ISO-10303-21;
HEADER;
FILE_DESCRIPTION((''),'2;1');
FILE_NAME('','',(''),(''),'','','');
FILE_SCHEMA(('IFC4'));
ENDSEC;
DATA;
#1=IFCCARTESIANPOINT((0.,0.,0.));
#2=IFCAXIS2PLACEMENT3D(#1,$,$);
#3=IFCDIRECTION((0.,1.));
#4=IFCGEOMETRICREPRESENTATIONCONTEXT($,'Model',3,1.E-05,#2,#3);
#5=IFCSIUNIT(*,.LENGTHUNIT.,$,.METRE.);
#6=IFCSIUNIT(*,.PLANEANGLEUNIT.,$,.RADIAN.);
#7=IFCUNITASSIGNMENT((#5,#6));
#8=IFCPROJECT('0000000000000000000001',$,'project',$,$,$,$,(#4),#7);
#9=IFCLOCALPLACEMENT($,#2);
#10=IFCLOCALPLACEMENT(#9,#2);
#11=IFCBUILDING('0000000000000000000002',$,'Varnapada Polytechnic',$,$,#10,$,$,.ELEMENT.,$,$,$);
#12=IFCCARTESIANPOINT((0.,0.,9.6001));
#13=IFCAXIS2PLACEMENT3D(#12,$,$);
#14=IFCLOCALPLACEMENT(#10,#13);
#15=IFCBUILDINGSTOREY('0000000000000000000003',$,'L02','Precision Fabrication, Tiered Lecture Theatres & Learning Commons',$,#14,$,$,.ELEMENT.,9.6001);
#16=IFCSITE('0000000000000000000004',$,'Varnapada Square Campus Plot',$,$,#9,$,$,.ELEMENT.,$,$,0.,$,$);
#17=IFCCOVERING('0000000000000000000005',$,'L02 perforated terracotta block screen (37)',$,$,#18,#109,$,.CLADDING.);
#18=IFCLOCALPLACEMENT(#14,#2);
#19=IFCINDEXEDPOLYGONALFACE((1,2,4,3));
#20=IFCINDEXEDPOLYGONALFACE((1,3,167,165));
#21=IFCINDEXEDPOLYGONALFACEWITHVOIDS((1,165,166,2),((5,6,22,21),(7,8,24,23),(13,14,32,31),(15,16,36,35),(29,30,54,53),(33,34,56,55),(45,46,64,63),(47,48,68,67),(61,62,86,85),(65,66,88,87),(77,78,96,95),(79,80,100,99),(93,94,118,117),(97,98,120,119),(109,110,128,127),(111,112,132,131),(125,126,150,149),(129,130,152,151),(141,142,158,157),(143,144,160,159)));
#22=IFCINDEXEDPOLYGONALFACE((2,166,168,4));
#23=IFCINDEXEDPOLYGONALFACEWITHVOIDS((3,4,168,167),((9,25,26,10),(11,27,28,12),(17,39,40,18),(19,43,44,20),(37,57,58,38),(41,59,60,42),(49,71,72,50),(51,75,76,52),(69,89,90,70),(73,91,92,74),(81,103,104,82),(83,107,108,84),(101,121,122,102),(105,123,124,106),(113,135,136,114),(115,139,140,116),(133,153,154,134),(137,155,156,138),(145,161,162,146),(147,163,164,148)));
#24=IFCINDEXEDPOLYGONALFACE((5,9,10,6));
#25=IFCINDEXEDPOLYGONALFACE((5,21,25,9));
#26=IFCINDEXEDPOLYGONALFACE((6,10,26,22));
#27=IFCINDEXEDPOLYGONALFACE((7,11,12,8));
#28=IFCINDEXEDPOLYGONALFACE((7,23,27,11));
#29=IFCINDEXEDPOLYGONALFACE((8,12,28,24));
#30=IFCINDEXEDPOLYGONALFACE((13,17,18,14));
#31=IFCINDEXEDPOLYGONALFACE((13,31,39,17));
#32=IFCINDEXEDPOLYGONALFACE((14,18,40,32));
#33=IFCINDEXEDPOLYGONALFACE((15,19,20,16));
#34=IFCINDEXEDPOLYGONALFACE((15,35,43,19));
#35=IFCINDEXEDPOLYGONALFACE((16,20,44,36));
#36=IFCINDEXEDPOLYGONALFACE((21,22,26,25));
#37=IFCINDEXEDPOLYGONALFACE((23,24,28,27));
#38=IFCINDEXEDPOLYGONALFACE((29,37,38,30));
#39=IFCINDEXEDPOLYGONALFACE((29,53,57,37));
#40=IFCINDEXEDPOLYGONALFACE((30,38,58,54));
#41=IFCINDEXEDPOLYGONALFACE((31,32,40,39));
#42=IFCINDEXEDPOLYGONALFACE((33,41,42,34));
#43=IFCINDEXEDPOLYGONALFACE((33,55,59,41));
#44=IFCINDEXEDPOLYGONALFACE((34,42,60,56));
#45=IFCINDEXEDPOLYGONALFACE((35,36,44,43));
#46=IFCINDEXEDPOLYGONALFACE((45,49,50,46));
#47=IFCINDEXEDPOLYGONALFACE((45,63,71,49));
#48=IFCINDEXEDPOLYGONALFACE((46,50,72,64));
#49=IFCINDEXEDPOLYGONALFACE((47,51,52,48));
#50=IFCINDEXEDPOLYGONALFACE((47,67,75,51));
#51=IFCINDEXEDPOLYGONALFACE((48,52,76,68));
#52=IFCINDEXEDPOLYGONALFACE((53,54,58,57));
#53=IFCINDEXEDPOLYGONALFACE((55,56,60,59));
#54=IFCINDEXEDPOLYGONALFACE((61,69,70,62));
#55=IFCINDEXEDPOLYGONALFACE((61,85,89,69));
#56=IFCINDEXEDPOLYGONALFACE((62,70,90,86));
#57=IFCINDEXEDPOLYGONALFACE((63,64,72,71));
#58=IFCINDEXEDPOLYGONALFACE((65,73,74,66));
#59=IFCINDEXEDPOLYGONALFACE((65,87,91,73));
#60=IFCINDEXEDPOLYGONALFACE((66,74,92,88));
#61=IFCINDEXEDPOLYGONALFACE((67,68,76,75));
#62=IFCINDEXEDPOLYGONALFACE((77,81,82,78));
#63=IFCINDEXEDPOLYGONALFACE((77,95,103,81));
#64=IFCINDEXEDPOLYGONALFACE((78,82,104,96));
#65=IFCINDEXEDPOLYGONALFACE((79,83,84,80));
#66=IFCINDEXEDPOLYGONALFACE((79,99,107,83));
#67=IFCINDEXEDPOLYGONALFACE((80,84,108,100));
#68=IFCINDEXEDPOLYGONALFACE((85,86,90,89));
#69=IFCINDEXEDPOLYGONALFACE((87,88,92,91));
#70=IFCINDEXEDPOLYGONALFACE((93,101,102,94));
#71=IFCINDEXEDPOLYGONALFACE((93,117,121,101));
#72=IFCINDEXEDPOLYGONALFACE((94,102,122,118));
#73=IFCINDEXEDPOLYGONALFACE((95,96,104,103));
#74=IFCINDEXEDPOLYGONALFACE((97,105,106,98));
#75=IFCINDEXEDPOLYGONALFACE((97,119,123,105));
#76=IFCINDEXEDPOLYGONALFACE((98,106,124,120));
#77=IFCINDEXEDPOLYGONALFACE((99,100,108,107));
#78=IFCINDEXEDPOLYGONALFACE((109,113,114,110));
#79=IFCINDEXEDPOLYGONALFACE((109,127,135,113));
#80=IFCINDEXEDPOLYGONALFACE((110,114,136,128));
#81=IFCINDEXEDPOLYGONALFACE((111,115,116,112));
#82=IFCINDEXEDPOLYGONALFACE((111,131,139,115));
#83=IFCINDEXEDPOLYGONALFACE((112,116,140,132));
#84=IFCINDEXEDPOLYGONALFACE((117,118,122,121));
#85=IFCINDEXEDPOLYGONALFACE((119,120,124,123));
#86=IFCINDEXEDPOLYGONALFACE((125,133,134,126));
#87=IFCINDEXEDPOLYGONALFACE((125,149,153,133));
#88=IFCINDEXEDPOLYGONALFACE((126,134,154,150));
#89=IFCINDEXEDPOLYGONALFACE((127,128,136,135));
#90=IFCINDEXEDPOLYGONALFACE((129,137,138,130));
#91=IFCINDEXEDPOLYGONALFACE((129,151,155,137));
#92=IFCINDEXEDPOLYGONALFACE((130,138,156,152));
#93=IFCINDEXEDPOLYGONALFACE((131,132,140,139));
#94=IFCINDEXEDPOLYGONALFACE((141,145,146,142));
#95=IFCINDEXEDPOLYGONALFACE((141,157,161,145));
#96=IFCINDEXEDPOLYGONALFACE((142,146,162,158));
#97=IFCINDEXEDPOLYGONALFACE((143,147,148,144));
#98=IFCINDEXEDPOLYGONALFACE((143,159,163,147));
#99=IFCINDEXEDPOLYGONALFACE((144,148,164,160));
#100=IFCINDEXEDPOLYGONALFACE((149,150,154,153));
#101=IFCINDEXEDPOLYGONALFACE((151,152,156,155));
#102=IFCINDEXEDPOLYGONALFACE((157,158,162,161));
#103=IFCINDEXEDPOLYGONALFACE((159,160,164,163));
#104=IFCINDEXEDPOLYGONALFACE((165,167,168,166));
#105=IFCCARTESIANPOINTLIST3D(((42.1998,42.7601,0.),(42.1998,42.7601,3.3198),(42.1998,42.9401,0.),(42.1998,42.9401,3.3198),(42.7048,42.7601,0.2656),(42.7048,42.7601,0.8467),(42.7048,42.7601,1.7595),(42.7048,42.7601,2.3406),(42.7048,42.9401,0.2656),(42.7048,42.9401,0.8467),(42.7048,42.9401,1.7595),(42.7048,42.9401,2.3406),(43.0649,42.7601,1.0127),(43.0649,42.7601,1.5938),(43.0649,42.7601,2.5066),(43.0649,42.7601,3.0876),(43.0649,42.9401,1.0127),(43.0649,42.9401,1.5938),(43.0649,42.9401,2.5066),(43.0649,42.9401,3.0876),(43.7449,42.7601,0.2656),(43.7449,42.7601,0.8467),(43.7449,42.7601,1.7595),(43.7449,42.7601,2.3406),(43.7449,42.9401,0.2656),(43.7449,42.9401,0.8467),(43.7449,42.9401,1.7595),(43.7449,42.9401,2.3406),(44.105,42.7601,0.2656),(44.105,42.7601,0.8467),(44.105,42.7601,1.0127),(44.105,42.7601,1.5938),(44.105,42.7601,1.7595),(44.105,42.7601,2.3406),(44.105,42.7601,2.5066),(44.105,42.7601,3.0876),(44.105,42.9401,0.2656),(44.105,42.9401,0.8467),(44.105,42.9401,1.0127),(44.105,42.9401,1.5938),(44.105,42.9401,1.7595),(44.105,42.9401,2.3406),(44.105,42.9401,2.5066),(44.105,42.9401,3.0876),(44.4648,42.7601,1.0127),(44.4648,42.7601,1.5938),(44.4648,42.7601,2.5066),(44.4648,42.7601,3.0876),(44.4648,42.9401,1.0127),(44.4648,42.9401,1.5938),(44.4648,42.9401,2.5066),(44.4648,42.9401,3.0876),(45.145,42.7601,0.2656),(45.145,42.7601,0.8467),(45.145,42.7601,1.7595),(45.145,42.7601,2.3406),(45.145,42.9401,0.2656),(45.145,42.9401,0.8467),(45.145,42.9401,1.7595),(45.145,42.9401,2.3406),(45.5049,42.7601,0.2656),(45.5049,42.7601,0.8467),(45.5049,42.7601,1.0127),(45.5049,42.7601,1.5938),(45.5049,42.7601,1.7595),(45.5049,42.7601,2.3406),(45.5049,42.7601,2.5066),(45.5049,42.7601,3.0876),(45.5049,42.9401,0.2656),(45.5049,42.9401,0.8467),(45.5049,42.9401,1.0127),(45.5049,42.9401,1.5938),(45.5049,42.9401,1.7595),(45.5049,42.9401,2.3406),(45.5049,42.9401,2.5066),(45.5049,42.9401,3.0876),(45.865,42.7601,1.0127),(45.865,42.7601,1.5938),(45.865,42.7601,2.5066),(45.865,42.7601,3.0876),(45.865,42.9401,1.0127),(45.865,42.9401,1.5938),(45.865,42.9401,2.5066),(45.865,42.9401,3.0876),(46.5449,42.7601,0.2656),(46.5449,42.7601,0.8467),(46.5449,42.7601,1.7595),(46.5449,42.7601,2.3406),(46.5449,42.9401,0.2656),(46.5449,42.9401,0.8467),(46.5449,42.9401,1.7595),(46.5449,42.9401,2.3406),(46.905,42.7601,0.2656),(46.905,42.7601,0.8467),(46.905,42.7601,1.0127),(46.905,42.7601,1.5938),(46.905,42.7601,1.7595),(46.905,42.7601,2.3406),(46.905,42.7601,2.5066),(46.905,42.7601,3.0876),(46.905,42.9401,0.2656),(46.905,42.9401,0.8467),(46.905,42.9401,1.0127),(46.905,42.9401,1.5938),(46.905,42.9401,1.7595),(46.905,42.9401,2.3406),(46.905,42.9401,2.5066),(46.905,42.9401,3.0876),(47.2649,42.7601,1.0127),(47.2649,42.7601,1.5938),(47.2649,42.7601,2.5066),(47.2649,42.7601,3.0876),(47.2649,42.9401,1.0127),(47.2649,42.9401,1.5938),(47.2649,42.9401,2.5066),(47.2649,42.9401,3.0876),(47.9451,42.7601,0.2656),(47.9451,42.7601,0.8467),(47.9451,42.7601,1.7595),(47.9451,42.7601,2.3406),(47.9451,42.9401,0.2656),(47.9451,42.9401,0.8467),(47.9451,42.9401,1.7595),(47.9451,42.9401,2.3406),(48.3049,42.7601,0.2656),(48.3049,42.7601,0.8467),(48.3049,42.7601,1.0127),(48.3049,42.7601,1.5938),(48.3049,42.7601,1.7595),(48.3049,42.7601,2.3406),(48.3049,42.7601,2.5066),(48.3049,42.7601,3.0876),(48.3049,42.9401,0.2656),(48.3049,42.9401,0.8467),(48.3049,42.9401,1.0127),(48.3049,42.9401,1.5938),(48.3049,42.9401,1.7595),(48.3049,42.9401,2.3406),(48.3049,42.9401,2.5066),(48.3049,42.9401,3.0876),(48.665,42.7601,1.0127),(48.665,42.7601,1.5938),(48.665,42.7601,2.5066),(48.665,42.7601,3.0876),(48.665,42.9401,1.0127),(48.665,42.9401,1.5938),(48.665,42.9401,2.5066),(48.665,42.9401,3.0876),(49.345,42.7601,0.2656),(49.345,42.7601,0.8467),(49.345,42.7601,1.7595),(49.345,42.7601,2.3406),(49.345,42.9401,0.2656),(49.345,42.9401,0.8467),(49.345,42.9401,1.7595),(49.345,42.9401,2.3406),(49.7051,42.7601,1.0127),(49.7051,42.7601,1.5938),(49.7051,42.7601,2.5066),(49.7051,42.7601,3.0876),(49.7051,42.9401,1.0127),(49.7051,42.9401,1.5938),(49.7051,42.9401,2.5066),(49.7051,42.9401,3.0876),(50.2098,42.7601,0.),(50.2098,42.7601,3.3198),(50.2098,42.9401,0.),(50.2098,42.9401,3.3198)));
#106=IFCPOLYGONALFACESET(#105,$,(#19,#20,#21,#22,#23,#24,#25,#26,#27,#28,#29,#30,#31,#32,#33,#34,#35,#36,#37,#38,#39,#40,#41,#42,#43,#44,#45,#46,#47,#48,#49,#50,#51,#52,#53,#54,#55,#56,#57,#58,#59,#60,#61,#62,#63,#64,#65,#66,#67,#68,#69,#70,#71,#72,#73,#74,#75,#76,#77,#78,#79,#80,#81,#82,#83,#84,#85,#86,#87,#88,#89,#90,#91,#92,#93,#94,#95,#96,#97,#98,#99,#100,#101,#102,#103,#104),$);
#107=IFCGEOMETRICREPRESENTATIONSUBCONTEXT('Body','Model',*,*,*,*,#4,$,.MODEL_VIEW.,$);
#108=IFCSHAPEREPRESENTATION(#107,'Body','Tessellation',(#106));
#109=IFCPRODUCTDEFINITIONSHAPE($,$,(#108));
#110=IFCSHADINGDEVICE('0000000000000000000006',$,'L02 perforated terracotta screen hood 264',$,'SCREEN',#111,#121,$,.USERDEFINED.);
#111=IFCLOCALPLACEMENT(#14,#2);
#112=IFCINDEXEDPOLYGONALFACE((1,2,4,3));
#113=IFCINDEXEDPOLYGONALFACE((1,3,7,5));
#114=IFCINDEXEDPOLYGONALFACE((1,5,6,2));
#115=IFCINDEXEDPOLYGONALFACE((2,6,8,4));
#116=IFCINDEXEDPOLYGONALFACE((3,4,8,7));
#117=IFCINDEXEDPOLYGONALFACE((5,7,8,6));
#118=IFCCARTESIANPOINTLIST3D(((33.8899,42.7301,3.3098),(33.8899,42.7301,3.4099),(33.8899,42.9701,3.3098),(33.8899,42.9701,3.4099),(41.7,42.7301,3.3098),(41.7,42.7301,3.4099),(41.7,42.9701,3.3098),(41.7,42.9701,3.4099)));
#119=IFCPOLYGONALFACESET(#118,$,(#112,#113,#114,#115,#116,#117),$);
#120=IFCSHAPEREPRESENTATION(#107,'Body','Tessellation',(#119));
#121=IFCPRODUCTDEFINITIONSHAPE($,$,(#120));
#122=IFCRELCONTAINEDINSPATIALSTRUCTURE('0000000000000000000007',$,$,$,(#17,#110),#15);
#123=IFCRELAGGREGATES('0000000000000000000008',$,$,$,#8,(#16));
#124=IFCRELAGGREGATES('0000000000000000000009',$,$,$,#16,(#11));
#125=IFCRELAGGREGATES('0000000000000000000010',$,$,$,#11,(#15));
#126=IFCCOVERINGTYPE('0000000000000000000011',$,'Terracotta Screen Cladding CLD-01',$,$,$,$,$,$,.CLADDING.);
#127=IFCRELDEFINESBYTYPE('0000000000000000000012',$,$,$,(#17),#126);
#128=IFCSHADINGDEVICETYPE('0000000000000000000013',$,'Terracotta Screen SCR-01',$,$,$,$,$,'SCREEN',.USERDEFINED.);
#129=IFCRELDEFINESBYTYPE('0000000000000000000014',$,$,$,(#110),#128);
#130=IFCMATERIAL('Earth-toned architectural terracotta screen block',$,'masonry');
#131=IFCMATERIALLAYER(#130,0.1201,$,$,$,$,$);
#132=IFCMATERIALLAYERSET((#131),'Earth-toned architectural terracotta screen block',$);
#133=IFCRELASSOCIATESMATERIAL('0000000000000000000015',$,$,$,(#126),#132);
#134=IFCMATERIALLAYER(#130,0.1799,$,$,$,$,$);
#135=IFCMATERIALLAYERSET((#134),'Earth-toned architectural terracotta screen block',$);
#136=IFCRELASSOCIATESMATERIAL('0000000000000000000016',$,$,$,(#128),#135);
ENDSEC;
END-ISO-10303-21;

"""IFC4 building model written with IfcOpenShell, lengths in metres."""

from ifc_helpers import new_model, si_unit, direction, frame, frame_2d, origin, origin_2d, place, context, subcontext, project, spatial, rectangle, extrude, material, layer, layer_set, type_object, element, save


model = new_model("IFC4")

# Units and contexts
model_context = context("Model", 3, precision=1e-05, world=origin(), true_north=direction((0.0, 1.0)))
body_context = subcontext(model_context, "Body", "Model", "MODEL_VIEW")
ifc_project = project(units=[si_unit("LENGTHUNIT", "METRE"), si_unit("PLANEANGLEUNIT", "RADIAN")], contexts=[model_context])

# Site, building, storey
site_placement = place(None, origin())
site = spatial("IfcSite", under=ifc_project, at=site_placement, Name="Varnapada Square Campus Plot", CompositionType="ELEMENT", RefElevation=0.0)
building_placement = place(site_placement, origin())
building = spatial("IfcBuilding", under=site, at=building_placement, Name="Varnapada Polytechnic", CompositionType="ELEMENT")
storey_placement = place(building_placement, frame((0.0, 0.0, 9.6001)))
storey = spatial("IfcBuildingStorey", under=building, at=storey_placement, Name="L02", Description="Precision Fabrication, Tiered Lecture Theatres & Learning Commons", CompositionType="ELEMENT", Elevation=9.6001)

# Covering, openings
ifc_material_1 = material(Name="Earth-toned architectural terracotta screen block", Category="masonry")
ifc_layer_1 = layer(ifc_material_1, 0.1201)
ifc_layer_set_1 = layer_set([ifc_layer_1], Name="Earth-toned architectural terracotta screen block")
covering_type = type_object("IfcCoveringType", Name="Terracotta Screen Cladding CLD-01", PredefinedType="CLADDING", material=ifc_layer_set_1)
covering_placement = place(storey_placement, frame((42.2, 42.8501, 0.0), z_axis=(0.0, 0.0, 1.0), x_axis=(1.0, 0.0, 0.0)))
covering = element("IfcCovering", 1, at=covering_placement, inside=storey, type_object=covering_type, Name="L02 perforated terracotta block screen (37)", PredefinedType="CLADDING", context=body_context, shape_type="SweptSolid", body=[
    extrude(rectangle(XDim=8.01, YDim=0.1799, at=frame_2d((4.0049, 0.0))), origin(), (0.0, 0.0, 1.0), 3.3198),
])
opening_1_placement = place(covering_placement, frame((0.5049, 0.0, 0.2656)))
element("IfcOpeningElement", 2, at=opening_1_placement, cuts=covering, PredefinedType="OPENING", context=body_context, shape_type="SweptSolid", body=[
    extrude(rectangle(XDim=1.04, YDim=0.5811, at=frame_2d((0.52, 0.2905))), frame((0.0, 0.0999, 0.0), z_axis=(0.0, -1.0, 0.0), x_axis=(1.0, 0.0, 0.0)), (0.0, 0.0, 1.0), 0.2),
])
opening_2_placement = place(covering_placement, frame((1.905, 0.0, 0.2656)))
element("IfcOpeningElement", 3, at=opening_2_placement, cuts=covering, PredefinedType="OPENING", context=body_context, shape_type="SweptSolid", body=[
    extrude(rectangle(XDim=1.04, YDim=0.5811, at=frame_2d((0.52, 0.2905))), frame((0.0, 0.0999, 0.0), z_axis=(0.0, -1.0, 0.0), x_axis=(1.0, 0.0, 0.0)), (0.0, 0.0, 1.0), 0.2),
])
opening_3_placement = place(covering_placement, frame((3.3049, 0.0, 0.2656)))
element("IfcOpeningElement", 4, at=opening_3_placement, cuts=covering, PredefinedType="OPENING", context=body_context, shape_type="SweptSolid", body=[
    extrude(rectangle(XDim=1.04, YDim=0.5811, at=frame_2d((0.52, 0.2905))), frame((0.0, 0.0999, 0.0), z_axis=(0.0, -1.0, 0.0), x_axis=(1.0, 0.0, 0.0)), (0.0, 0.0, 1.0), 0.2),
])
opening_4_placement = place(covering_placement, frame((4.7051, 0.0, 0.2656)))
element("IfcOpeningElement", 5, at=opening_4_placement, cuts=covering, PredefinedType="OPENING", context=body_context, shape_type="SweptSolid", body=[
    extrude(rectangle(XDim=1.04, YDim=0.5811, at=frame_2d((0.52, 0.2905))), frame((0.0, 0.0999, 0.0), z_axis=(0.0, -1.0, 0.0), x_axis=(1.0, 0.0, 0.0)), (0.0, 0.0, 1.0), 0.2),
])
opening_5_placement = place(covering_placement, frame((6.105, 0.0, 0.2656)))
element("IfcOpeningElement", 6, at=opening_5_placement, cuts=covering, PredefinedType="OPENING", context=body_context, shape_type="SweptSolid", body=[
    extrude(rectangle(XDim=1.04, YDim=0.5811, at=frame_2d((0.52, 0.2905))), frame((0.0, 0.0999, 0.0), z_axis=(0.0, -1.0, 0.0), x_axis=(1.0, 0.0, 0.0)), (0.0, 0.0, 1.0), 0.2),
])
opening_6_placement = place(covering_placement, frame((0.865, 0.0, 1.0127)))
element("IfcOpeningElement", 7, at=opening_6_placement, cuts=covering, PredefinedType="OPENING", context=body_context, shape_type="SweptSolid", body=[
    extrude(rectangle(XDim=1.04, YDim=0.5811, at=frame_2d((0.52, 0.2905))), frame((0.0, 0.0999, 0.0), z_axis=(0.0, -1.0, 0.0), x_axis=(1.0, 0.0, 0.0)), (0.0, 0.0, 1.0), 0.2),
])
opening_7_placement = place(covering_placement, frame((2.2649, 0.0, 1.0127)))
element("IfcOpeningElement", 8, at=opening_7_placement, cuts=covering, PredefinedType="OPENING", context=body_context, shape_type="SweptSolid", body=[
    extrude(rectangle(XDim=1.04, YDim=0.5811, at=frame_2d((0.52, 0.2905))), frame((0.0, 0.0999, 0.0), z_axis=(0.0, -1.0, 0.0), x_axis=(1.0, 0.0, 0.0)), (0.0, 0.0, 1.0), 0.2),
])
opening_8_placement = place(covering_placement, frame((3.665, 0.0, 1.0127)))
element("IfcOpeningElement", 9, at=opening_8_placement, cuts=covering, PredefinedType="OPENING", context=body_context, shape_type="SweptSolid", body=[
    extrude(rectangle(XDim=1.04, YDim=0.5811, at=frame_2d((0.52, 0.2905))), frame((0.0, 0.0999, 0.0), z_axis=(0.0, -1.0, 0.0), x_axis=(1.0, 0.0, 0.0)), (0.0, 0.0, 1.0), 0.2),
])
opening_9_placement = place(covering_placement, frame((5.0649, 0.0, 1.0127)))
element("IfcOpeningElement", 10, at=opening_9_placement, cuts=covering, PredefinedType="OPENING", context=body_context, shape_type="SweptSolid", body=[
    extrude(rectangle(XDim=1.04, YDim=0.5811, at=frame_2d((0.52, 0.2905))), frame((0.0, 0.0999, 0.0), z_axis=(0.0, -1.0, 0.0), x_axis=(1.0, 0.0, 0.0)), (0.0, 0.0, 1.0), 0.2),
])
opening_10_placement = place(covering_placement, frame((6.4651, 0.0, 1.0127)))
element("IfcOpeningElement", 11, at=opening_10_placement, cuts=covering, PredefinedType="OPENING", context=body_context, shape_type="SweptSolid", body=[
    extrude(rectangle(XDim=1.04, YDim=0.5811, at=frame_2d((0.52, 0.2905))), frame((0.0, 0.0999, 0.0), z_axis=(0.0, -1.0, 0.0), x_axis=(1.0, 0.0, 0.0)), (0.0, 0.0, 1.0), 0.2),
])
opening_11_placement = place(covering_placement, frame((0.5049, 0.0, 1.7595)))
element("IfcOpeningElement", 12, at=opening_11_placement, cuts=covering, PredefinedType="OPENING", context=body_context, shape_type="SweptSolid", body=[
    extrude(rectangle(XDim=1.04, YDim=0.5811, at=frame_2d((0.52, 0.2905))), frame((0.0, 0.0999, 0.0), z_axis=(0.0, -1.0, 0.0), x_axis=(1.0, 0.0, 0.0)), (0.0, 0.0, 1.0), 0.2),
])
opening_12_placement = place(covering_placement, frame((1.905, 0.0, 1.7595)))
element("IfcOpeningElement", 13, at=opening_12_placement, cuts=covering, PredefinedType="OPENING", context=body_context, shape_type="SweptSolid", body=[
    extrude(rectangle(XDim=1.04, YDim=0.5811, at=frame_2d((0.52, 0.2905))), frame((0.0, 0.0999, 0.0), z_axis=(0.0, -1.0, 0.0), x_axis=(1.0, 0.0, 0.0)), (0.0, 0.0, 1.0), 0.2),
])
opening_13_placement = place(covering_placement, frame((3.3049, 0.0, 1.7595)))
element("IfcOpeningElement", 14, at=opening_13_placement, cuts=covering, PredefinedType="OPENING", context=body_context, shape_type="SweptSolid", body=[
    extrude(rectangle(XDim=1.04, YDim=0.5811, at=frame_2d((0.52, 0.2905))), frame((0.0, 0.0999, 0.0), z_axis=(0.0, -1.0, 0.0), x_axis=(1.0, 0.0, 0.0)), (0.0, 0.0, 1.0), 0.2),
])
opening_14_placement = place(covering_placement, frame((4.7051, 0.0, 1.7595)))
element("IfcOpeningElement", 15, at=opening_14_placement, cuts=covering, PredefinedType="OPENING", context=body_context, shape_type="SweptSolid", body=[
    extrude(rectangle(XDim=1.04, YDim=0.5811, at=frame_2d((0.52, 0.2905))), frame((0.0, 0.0999, 0.0), z_axis=(0.0, -1.0, 0.0), x_axis=(1.0, 0.0, 0.0)), (0.0, 0.0, 1.0), 0.2),
])
opening_15_placement = place(covering_placement, frame((6.105, 0.0, 1.7595)))
element("IfcOpeningElement", 16, at=opening_15_placement, cuts=covering, PredefinedType="OPENING", context=body_context, shape_type="SweptSolid", body=[
    extrude(rectangle(XDim=1.04, YDim=0.5811, at=frame_2d((0.52, 0.2905))), frame((0.0, 0.0999, 0.0), z_axis=(0.0, -1.0, 0.0), x_axis=(1.0, 0.0, 0.0)), (0.0, 0.0, 1.0), 0.2),
])
opening_16_placement = place(covering_placement, frame((0.865, 0.0, 2.5066)))
element("IfcOpeningElement", 17, at=opening_16_placement, cuts=covering, PredefinedType="OPENING", context=body_context, shape_type="SweptSolid", body=[
    extrude(rectangle(XDim=1.04, YDim=0.5811, at=frame_2d((0.52, 0.2905))), frame((0.0, 0.0999, 0.0), z_axis=(0.0, -1.0, 0.0), x_axis=(1.0, 0.0, 0.0)), (0.0, 0.0, 1.0), 0.2),
])
opening_17_placement = place(covering_placement, frame((2.2649, 0.0, 2.5066)))
element("IfcOpeningElement", 18, at=opening_17_placement, cuts=covering, PredefinedType="OPENING", context=body_context, shape_type="SweptSolid", body=[
    extrude(rectangle(XDim=1.04, YDim=0.5811, at=frame_2d((0.52, 0.2905))), frame((0.0, 0.0999, 0.0), z_axis=(0.0, -1.0, 0.0), x_axis=(1.0, 0.0, 0.0)), (0.0, 0.0, 1.0), 0.2),
])
opening_18_placement = place(covering_placement, frame((3.665, 0.0, 2.5066)))
element("IfcOpeningElement", 19, at=opening_18_placement, cuts=covering, PredefinedType="OPENING", context=body_context, shape_type="SweptSolid", body=[
    extrude(rectangle(XDim=1.04, YDim=0.5811, at=frame_2d((0.52, 0.2905))), frame((0.0, 0.0999, 0.0), z_axis=(0.0, -1.0, 0.0), x_axis=(1.0, 0.0, 0.0)), (0.0, 0.0, 1.0), 0.2),
])
opening_19_placement = place(covering_placement, frame((5.0649, 0.0, 2.5066)))
element("IfcOpeningElement", 20, at=opening_19_placement, cuts=covering, PredefinedType="OPENING", context=body_context, shape_type="SweptSolid", body=[
    extrude(rectangle(XDim=1.04, YDim=0.5811, at=frame_2d((0.52, 0.2905))), frame((0.0, 0.0999, 0.0), z_axis=(0.0, -1.0, 0.0), x_axis=(1.0, 0.0, 0.0)), (0.0, 0.0, 1.0), 0.2),
])
opening_20_placement = place(covering_placement, frame((6.4651, 0.0, 2.5066)))
element("IfcOpeningElement", 21, at=opening_20_placement, cuts=covering, PredefinedType="OPENING", context=body_context, shape_type="SweptSolid", body=[
    extrude(rectangle(XDim=1.04, YDim=0.5811, at=frame_2d((0.52, 0.2905))), frame((0.0, 0.0999, 0.0), z_axis=(0.0, -1.0, 0.0), x_axis=(1.0, 0.0, 0.0)), (0.0, 0.0, 1.0), 0.2),
])

# Shading device
ifc_layer_2 = layer(ifc_material_1, 0.1799)
ifc_layer_set_2 = layer_set([ifc_layer_2], Name="Earth-toned architectural terracotta screen block")
shading_device_type = type_object("IfcShadingDeviceType", Name="Terracotta Screen SCR-01", ElementType="SCREEN", PredefinedType="USERDEFINED", material=ifc_layer_set_2)
for number, where, z_axis, x_axis, name in (
    (22, (37.7949, 42.8501, 3.3098), (0.0, 0.0, 1.0), (1.0, 0.0, 0.0), "L02 perforated terracotta screen hood 264"),
):
    element("IfcShadingDevice", number, at=place(storey_placement, frame(where, z_axis=z_axis, x_axis=x_axis)), inside=storey, type_object=shading_device_type, Name=name, ObjectType="SCREEN", PredefinedType="USERDEFINED", context=body_context, shape_type="SweptSolid", body=[
        extrude(rectangle(XDim=7.8101, YDim=0.24, at=origin_2d()), origin(), (0.0, 0.0, 1.0), 0.1001),
    ])

save(model, "model.ifc")
